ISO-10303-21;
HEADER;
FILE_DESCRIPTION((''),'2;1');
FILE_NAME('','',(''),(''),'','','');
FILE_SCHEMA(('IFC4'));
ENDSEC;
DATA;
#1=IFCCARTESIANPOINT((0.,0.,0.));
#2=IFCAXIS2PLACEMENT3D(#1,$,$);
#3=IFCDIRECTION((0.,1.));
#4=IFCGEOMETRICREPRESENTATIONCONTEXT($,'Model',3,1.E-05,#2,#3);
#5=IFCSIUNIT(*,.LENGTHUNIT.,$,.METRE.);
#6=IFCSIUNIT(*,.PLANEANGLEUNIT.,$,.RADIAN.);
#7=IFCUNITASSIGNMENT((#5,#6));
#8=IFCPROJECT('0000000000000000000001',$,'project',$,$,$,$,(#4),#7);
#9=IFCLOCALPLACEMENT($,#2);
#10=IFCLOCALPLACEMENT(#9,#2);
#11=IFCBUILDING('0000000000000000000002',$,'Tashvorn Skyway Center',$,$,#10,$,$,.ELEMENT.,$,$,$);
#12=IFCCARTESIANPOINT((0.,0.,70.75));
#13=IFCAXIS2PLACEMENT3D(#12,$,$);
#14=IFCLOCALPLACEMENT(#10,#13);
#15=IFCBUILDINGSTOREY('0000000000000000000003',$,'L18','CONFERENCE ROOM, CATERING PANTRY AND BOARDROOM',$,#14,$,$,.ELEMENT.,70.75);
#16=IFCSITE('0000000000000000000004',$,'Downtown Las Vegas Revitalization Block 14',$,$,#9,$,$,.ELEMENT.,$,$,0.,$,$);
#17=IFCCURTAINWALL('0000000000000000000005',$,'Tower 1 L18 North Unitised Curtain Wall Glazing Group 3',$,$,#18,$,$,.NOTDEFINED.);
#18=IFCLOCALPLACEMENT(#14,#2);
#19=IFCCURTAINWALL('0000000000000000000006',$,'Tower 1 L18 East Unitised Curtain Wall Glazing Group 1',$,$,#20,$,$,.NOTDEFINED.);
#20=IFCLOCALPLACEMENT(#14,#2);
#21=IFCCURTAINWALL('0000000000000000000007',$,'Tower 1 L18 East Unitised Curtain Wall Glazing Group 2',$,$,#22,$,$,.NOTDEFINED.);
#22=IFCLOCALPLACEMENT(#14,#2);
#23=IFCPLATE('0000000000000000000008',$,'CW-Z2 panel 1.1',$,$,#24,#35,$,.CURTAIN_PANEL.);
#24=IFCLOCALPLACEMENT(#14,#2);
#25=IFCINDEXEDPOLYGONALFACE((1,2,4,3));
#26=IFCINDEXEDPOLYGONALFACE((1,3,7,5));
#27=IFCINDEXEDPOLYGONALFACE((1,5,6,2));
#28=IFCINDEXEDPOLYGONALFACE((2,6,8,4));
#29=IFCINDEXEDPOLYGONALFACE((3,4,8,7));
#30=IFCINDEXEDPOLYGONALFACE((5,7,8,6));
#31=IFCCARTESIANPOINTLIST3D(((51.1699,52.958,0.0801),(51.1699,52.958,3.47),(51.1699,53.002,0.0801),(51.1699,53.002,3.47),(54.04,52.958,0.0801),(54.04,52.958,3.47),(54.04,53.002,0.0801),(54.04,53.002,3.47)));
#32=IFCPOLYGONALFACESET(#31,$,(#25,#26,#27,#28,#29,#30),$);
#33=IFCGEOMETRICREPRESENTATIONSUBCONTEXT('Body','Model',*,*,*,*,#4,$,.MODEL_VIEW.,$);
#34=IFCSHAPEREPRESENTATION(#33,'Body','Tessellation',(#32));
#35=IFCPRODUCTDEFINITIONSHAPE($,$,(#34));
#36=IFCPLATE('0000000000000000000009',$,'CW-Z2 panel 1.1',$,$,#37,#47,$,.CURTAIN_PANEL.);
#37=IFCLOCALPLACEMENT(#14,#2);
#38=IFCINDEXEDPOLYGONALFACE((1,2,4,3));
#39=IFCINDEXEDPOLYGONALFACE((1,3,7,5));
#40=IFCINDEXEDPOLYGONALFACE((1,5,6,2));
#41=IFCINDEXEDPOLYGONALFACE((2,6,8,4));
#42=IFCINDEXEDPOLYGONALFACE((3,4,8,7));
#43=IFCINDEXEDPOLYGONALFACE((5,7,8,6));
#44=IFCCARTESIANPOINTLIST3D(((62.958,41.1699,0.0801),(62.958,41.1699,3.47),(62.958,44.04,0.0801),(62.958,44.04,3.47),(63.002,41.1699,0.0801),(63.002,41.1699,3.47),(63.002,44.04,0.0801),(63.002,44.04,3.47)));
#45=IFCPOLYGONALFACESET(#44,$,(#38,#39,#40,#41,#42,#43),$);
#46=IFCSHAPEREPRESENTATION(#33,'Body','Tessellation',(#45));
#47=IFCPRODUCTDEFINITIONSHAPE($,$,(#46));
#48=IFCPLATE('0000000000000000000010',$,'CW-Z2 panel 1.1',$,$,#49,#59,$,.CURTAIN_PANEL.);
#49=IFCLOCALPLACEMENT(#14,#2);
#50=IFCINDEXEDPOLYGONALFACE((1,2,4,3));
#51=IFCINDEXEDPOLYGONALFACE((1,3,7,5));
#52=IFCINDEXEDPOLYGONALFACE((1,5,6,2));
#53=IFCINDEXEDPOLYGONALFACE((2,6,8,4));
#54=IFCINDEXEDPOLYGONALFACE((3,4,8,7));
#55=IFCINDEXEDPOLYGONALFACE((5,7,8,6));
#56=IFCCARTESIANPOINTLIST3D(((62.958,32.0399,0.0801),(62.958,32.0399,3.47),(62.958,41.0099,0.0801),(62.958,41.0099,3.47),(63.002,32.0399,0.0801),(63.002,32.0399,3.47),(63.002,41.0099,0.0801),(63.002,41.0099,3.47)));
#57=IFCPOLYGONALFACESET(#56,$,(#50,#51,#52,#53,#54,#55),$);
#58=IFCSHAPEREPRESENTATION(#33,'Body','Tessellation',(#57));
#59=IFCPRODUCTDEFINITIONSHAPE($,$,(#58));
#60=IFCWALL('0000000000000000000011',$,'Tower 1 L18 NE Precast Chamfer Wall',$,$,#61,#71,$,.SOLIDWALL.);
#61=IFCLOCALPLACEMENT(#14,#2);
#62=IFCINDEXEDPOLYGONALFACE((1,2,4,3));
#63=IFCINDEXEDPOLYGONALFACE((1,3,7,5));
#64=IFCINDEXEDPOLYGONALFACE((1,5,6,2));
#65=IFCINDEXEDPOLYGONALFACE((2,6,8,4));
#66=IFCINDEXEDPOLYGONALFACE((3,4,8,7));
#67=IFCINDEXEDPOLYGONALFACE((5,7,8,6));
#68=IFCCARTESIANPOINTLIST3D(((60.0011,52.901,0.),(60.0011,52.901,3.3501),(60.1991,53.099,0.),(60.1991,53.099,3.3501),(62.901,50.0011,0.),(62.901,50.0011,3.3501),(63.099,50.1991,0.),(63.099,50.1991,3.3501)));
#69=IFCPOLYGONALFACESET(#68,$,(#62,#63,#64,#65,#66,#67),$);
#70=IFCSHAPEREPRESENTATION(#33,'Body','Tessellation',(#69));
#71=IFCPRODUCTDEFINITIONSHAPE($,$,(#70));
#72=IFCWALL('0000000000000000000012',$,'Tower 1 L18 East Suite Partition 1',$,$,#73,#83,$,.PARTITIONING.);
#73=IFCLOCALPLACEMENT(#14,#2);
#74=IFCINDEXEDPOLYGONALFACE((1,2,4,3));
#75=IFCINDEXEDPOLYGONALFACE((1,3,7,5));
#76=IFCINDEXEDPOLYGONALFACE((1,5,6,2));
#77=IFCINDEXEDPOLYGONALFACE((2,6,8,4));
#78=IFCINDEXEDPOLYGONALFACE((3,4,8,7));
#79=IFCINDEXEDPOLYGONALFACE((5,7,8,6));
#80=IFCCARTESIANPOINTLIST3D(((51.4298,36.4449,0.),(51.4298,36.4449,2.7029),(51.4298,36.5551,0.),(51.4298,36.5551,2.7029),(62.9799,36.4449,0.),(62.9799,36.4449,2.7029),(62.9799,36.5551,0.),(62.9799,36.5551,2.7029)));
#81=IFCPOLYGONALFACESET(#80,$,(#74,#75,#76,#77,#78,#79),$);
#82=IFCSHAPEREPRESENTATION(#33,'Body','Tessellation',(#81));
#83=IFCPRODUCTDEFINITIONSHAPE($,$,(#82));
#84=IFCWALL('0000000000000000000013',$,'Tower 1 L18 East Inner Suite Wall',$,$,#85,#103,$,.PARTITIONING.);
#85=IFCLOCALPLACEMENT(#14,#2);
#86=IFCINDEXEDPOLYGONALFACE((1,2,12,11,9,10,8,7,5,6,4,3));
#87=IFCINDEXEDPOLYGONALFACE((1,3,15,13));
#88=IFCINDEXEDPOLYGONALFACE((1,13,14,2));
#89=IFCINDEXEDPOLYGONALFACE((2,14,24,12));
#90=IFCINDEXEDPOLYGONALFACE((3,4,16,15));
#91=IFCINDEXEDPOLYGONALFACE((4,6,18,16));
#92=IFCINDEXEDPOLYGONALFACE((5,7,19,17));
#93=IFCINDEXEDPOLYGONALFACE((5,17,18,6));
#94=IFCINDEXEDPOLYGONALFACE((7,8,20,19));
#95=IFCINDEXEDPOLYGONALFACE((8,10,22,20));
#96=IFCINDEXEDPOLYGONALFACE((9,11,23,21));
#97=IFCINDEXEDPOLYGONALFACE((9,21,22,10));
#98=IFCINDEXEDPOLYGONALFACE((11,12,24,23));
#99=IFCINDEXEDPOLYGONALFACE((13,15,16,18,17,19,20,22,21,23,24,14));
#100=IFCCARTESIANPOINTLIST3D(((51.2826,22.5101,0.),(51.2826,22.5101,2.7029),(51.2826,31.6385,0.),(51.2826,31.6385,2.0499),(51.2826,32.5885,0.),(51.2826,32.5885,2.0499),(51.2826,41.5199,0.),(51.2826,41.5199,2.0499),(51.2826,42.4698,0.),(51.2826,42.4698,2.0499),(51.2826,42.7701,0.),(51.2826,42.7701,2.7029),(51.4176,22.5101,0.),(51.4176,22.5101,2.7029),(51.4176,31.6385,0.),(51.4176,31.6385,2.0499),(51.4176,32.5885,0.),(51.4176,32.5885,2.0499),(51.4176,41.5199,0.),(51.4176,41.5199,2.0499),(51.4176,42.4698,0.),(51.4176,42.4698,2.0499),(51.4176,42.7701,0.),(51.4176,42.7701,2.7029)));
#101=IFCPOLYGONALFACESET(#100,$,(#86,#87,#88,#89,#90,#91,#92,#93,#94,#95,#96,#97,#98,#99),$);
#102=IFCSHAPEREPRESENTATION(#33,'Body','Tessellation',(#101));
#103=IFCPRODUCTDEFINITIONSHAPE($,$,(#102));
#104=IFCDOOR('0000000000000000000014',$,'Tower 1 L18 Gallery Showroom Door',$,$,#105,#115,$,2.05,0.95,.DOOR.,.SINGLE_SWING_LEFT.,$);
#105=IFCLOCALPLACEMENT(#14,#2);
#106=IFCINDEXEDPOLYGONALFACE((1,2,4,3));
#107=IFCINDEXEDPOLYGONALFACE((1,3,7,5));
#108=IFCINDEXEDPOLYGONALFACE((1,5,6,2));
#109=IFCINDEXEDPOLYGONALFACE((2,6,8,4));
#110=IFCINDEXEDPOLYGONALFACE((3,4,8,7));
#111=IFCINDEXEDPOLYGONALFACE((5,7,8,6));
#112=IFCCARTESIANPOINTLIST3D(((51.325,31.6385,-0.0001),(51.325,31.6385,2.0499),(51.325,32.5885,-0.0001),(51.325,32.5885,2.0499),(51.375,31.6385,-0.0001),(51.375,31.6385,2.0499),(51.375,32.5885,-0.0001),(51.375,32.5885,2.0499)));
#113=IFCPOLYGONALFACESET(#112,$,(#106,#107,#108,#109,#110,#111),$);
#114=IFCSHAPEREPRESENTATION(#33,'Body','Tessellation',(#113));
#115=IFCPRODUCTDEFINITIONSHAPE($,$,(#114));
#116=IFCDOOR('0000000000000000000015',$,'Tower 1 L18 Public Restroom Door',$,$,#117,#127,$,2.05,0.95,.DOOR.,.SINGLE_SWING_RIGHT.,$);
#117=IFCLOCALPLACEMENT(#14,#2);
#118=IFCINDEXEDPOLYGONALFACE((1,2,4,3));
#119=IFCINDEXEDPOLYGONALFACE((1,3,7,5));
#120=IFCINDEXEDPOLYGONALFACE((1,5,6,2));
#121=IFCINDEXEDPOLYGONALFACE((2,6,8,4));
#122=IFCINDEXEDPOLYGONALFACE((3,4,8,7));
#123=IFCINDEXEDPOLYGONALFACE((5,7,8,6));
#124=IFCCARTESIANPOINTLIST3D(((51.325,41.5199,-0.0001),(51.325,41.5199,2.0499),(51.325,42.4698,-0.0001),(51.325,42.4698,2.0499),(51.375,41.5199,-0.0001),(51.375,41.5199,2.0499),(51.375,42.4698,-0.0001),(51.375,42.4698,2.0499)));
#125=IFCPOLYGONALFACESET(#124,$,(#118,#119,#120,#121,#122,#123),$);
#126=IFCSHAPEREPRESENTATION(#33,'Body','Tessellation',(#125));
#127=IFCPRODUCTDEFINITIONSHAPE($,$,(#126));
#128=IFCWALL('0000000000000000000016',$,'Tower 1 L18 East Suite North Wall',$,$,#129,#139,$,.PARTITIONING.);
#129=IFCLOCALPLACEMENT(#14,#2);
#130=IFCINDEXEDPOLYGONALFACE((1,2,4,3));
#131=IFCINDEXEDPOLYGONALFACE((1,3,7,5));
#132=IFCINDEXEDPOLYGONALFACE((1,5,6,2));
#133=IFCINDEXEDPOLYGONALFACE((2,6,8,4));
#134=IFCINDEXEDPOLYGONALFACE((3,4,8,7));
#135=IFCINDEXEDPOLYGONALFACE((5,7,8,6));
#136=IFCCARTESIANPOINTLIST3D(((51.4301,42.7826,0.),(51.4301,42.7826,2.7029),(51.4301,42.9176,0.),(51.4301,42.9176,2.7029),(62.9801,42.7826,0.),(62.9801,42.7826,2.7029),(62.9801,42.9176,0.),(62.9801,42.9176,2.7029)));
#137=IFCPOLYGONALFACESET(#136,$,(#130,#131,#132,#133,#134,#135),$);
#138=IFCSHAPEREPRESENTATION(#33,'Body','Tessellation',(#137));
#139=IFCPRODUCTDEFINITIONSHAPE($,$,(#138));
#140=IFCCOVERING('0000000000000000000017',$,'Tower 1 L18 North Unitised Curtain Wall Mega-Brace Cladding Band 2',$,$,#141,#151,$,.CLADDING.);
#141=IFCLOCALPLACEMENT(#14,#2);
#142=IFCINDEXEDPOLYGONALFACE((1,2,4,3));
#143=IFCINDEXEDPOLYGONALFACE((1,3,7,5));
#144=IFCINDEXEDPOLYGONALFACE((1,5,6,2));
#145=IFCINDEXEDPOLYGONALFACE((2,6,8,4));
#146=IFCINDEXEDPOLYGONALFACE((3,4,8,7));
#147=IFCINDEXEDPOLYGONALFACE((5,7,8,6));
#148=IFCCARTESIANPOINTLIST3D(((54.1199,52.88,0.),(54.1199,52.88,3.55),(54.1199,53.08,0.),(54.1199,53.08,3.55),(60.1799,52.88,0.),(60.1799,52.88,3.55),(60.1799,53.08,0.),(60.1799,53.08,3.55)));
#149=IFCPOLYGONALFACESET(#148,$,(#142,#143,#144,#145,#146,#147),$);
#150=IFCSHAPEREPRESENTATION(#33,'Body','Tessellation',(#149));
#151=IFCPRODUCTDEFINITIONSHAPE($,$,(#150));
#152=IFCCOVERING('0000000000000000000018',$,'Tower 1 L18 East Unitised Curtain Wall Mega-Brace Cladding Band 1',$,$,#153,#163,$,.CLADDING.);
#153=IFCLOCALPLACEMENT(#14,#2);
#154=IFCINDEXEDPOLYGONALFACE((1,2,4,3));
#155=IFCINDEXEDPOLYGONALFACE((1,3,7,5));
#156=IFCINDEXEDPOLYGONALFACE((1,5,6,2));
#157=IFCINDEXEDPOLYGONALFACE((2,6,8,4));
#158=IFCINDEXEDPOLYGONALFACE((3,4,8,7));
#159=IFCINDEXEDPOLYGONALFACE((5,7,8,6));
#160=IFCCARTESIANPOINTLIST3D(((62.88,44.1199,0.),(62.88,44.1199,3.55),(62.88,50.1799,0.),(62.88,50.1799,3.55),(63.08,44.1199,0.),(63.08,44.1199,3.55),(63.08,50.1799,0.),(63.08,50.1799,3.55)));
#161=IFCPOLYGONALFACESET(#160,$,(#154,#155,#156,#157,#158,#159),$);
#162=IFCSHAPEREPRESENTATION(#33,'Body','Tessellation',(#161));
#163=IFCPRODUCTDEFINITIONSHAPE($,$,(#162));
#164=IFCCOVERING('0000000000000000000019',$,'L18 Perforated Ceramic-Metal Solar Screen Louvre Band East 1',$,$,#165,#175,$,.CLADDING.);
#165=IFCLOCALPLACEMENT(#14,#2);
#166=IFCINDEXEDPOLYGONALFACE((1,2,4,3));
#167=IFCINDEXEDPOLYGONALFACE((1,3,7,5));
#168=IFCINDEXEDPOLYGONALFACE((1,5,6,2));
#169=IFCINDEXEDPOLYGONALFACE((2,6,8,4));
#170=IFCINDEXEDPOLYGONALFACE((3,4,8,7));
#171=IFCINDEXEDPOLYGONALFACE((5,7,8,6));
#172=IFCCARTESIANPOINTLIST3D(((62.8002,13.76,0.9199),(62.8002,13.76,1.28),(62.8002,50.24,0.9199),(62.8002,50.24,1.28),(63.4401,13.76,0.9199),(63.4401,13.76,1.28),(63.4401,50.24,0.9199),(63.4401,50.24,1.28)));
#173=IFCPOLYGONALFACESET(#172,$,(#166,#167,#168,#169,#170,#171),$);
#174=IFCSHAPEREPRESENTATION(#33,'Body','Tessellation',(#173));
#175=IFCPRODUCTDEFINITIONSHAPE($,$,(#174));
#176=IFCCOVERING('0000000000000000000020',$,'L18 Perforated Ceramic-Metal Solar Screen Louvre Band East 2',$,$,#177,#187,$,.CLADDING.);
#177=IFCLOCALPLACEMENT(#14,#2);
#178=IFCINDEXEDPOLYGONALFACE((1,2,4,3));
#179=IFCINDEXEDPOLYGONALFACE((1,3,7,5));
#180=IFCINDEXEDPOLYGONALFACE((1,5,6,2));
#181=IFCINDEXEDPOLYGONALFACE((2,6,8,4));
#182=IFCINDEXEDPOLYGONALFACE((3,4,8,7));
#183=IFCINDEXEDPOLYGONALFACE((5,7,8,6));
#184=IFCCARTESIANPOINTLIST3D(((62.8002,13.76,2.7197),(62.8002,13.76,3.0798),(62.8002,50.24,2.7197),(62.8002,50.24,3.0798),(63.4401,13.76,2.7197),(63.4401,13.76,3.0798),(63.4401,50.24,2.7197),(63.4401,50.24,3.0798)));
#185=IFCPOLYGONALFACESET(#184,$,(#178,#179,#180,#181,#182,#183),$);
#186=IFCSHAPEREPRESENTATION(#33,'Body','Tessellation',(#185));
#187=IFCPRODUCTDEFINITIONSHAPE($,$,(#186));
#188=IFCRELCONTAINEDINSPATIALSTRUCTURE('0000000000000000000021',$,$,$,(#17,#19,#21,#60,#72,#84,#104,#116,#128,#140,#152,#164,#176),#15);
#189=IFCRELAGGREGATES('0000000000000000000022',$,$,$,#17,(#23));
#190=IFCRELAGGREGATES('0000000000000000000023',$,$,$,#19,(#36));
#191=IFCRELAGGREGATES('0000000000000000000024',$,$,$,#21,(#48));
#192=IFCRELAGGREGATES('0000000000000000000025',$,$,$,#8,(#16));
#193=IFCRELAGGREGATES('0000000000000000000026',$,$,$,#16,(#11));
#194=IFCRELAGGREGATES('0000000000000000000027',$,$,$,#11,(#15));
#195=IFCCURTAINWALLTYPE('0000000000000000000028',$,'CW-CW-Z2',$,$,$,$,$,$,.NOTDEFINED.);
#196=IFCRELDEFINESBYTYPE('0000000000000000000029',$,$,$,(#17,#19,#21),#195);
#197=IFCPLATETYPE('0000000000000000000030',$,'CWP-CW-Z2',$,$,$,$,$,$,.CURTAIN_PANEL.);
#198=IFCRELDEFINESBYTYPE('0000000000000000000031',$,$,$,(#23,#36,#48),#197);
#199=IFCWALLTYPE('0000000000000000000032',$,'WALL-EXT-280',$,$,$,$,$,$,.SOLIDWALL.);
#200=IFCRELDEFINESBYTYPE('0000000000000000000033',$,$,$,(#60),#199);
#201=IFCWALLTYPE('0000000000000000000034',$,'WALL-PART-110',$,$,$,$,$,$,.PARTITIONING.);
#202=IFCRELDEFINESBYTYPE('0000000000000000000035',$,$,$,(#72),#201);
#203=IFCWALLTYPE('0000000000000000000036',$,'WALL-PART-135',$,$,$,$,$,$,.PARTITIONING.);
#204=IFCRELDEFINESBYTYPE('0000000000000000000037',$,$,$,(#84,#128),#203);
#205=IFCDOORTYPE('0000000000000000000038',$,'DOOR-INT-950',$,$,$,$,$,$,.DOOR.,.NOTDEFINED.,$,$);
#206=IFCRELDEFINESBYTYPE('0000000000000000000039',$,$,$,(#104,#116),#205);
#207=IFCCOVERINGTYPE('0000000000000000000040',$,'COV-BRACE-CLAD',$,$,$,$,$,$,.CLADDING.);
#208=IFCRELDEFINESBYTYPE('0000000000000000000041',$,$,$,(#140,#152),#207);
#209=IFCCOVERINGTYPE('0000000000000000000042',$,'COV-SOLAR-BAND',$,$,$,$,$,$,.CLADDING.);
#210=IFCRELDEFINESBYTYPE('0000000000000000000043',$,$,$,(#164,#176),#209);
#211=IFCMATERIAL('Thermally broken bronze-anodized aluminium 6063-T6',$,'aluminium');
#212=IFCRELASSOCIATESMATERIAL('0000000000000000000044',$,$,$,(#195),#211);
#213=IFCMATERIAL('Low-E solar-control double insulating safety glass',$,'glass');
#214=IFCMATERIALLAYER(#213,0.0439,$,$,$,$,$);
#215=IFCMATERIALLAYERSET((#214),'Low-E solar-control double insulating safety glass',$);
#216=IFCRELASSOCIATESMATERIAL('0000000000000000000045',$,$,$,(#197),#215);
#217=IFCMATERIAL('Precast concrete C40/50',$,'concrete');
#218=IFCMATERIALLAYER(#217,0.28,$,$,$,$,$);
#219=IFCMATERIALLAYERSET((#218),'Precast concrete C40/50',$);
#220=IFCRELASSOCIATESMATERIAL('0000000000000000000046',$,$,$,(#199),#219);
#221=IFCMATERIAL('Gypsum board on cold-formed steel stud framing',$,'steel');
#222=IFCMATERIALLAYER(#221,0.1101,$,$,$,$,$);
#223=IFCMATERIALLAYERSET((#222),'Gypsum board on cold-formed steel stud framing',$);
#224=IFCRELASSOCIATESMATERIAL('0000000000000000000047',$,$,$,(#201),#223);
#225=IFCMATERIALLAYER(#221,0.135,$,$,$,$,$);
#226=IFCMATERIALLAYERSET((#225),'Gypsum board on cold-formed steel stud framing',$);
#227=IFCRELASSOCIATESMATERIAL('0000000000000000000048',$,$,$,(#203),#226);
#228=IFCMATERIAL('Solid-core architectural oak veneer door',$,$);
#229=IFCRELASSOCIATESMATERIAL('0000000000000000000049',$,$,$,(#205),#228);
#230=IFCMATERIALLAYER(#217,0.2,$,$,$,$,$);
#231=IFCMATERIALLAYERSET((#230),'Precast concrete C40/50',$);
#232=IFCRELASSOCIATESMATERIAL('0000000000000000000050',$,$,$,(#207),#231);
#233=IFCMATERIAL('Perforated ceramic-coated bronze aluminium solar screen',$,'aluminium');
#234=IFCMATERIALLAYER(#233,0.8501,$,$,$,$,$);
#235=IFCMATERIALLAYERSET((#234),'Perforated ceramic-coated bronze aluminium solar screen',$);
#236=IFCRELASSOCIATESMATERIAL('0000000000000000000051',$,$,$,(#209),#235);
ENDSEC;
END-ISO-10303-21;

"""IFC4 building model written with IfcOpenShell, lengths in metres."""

from ifc_helpers import new_model, si_unit, direction, frame, frame_2d, origin, origin_2d, place, context, subcontext, project, spatial, rectangle, extrude, material, layer, layer_set, type_object, element, fill, aggregate, save


model = new_model("IFC4")

# Units and contexts
model_context = context("Model", 3, precision=1e-05, world=origin(), true_north=direction((0.0, 1.0)))
body_context = subcontext(model_context, "Body", "Model", "MODEL_VIEW")
ifc_project = project(units=[si_unit("LENGTHUNIT", "METRE"), si_unit("PLANEANGLEUNIT", "RADIAN")], contexts=[model_context])

# Site, building, storey
site_placement = place(None, origin())
site = spatial("IfcSite", under=ifc_project, at=site_placement, Name="Downtown Las Vegas Revitalization Block 14", CompositionType="ELEMENT", RefElevation=0.0)
building_placement = place(site_placement, origin())
building = spatial("IfcBuilding", under=site, at=building_placement, Name="Tashvorn Skyway Center", CompositionType="ELEMENT")
storey_placement = place(building_placement, frame((0.0, 0.0, 70.75)))
storey = spatial("IfcBuildingStorey", under=building, at=storey_placement, Name="L18", Description="CONFERENCE ROOM, CATERING PANTRY AND BOARDROOM", CompositionType="ELEMENT", Elevation=70.75)

# Curtain walls
ifc_material_1 = material(Name="Thermally broken bronze-anodized aluminium 6063-T6", Category="aluminium")
curtain_wall_type = type_object("IfcCurtainWallType", Name="CW-CW-Z2", PredefinedType="NOTDEFINED", material=ifc_material_1)
curtain_wall_1_placement = place(storey_placement, origin())
curtain_wall_1 = element("IfcCurtainWall", 1, at=curtain_wall_1_placement, inside=storey, type_object=curtain_wall_type, Name="Tower 1 L18 North Unitised Curtain Wall Glazing Group 3", PredefinedType="NOTDEFINED")
curtain_wall_2_placement = place(storey_placement, origin())
curtain_wall_2 = element("IfcCurtainWall", 2, at=curtain_wall_2_placement, inside=storey, type_object=curtain_wall_type, Name="Tower 1 L18 East Unitised Curtain Wall Glazing Group 1", PredefinedType="NOTDEFINED")
curtain_wall_3_placement = place(storey_placement, origin())
curtain_wall_3 = element("IfcCurtainWall", 3, at=curtain_wall_3_placement, inside=storey, type_object=curtain_wall_type, Name="Tower 1 L18 East Unitised Curtain Wall Glazing Group 2", PredefinedType="NOTDEFINED")

# Plates
ifc_material_2 = material(Name="Low-E solar-control double insulating safety glass", Category="glass")
ifc_layer_1 = layer(ifc_material_2, 0.0439)
ifc_layer_set_1 = layer_set([ifc_layer_1], Name="Low-E solar-control double insulating safety glass")
plate_type = type_object("IfcPlateType", Name="CWP-CW-Z2", PredefinedType="CURTAIN_PANEL", material=ifc_layer_set_1)
plate_1_placement = place(storey_placement, frame((52.605, 52.98, 0.0801), z_axis=(0.0, 0.0, 1.0), x_axis=(1.0, 0.0, 0.0)))
plate_1 = element("IfcPlate", 4, at=plate_1_placement, type_object=plate_type, Name="CW-Z2 panel 1.1", PredefinedType="CURTAIN_PANEL", context=body_context, shape_type="SweptSolid", body=[
    extrude(rectangle(XDim=2.8701, YDim=0.0439, at=origin_2d()), origin(), (0.0, 0.0, 1.0), 3.3899),
])
aggregate(curtain_wall_1, [plate_1])
plate_2_placement = place(storey_placement, frame((62.98, 42.605, 0.0801), z_axis=(0.0, 0.0, 1.0), x_axis=(0.0, -1.0, 0.0)))
plate_2 = element("IfcPlate", 5, at=plate_2_placement, type_object=plate_type, Name="CW-Z2 panel 1.1", PredefinedType="CURTAIN_PANEL", context=body_context, shape_type="SweptSolid", body=[
    extrude(rectangle(XDim=2.8701, YDim=0.0439, at=origin_2d()), origin(), (0.0, 0.0, 1.0), 3.3899),
])
aggregate(curtain_wall_2, [plate_2])
plate_3_placement = place(storey_placement, frame((62.98, 36.5249, 0.0801), z_axis=(0.0, 0.0, 1.0), x_axis=(0.0, -1.0, 0.0)))
plate_3 = element("IfcPlate", 6, at=plate_3_placement, type_object=plate_type, Name="CW-Z2 panel 1.1", PredefinedType="CURTAIN_PANEL", context=body_context, shape_type="SweptSolid", body=[
    extrude(rectangle(XDim=8.97, YDim=0.0439, at=origin_2d()), origin(), (0.0, 0.0, 1.0), 3.3899),
])
aggregate(curtain_wall_3, [plate_3])

# Walls
ifc_material_3 = material(Name="Precast concrete C40/50", Category="concrete")
ifc_layer_2 = layer(ifc_material_3, 0.28)
ifc_layer_set_2 = layer_set([ifc_layer_2], Name="Precast concrete C40/50")
wall_type_1 = type_object("IfcWallType", Name="WALL-EXT-280", PredefinedType="SOLIDWALL", material=ifc_layer_set_2)
wall_1_placement = place(storey_placement, frame((60.1001, 53.0, 0.0), z_axis=(0.0, 0.0, 1.0), x_axis=(0.707107, -0.707107, 0.0)))
element("IfcWall", 7, at=wall_1_placement, inside=storey, type_object=wall_type_1, Name="Tower 1 L18 NE Precast Chamfer Wall", PredefinedType="SOLIDWALL", context=body_context, shape_type="SweptSolid", body=[
    extrude(rectangle(XDim=4.1011, YDim=0.28, at=frame_2d((2.0505, 0.0))), origin(), (0.0, 0.0, 1.0), 3.3501),
])
ifc_material_4 = material(Name="Gypsum board on cold-formed steel stud framing", Category="steel")
ifc_layer_3 = layer(ifc_material_4, 0.1101)
ifc_layer_set_3 = layer_set([ifc_layer_3], Name="Gypsum board on cold-formed steel stud framing")
wall_type_2 = type_object("IfcWallType", Name="WALL-PART-110", PredefinedType="PARTITIONING", material=ifc_layer_set_3)
wall_2_placement = place(storey_placement, frame((51.4299, 36.5, 0.0), z_axis=(0.0, 0.0, 1.0), x_axis=(1.0, 0.0, 0.0)))
element("IfcWall", 8, at=wall_2_placement, inside=storey, type_object=wall_type_2, Name="Tower 1 L18 East Suite Partition 1", PredefinedType="PARTITIONING", context=body_context, shape_type="SweptSolid", body=[
    extrude(rectangle(XDim=11.55, YDim=0.1101, at=frame_2d((5.7749, 0.0))), origin(), (0.0, 0.0, 1.0), 2.7029),
])

# Wall, openings, doors
ifc_layer_4 = layer(ifc_material_4, 0.135)
ifc_layer_set_4 = layer_set([ifc_layer_4], Name="Gypsum board on cold-formed steel stud framing")
wall_type_3 = type_object("IfcWallType", Name="WALL-PART-135", PredefinedType="PARTITIONING", material=ifc_layer_set_4)
wall_3_placement = place(storey_placement, frame((51.3501, 42.77, 0.0), z_axis=(0.0, 0.0, 1.0), x_axis=(0.0, -1.0, 0.0)))
wall_3 = element("IfcWall", 9, at=wall_3_placement, inside=storey, type_object=wall_type_3, Name="Tower 1 L18 East Inner Suite Wall", PredefinedType="PARTITIONING", context=body_context, shape_type="SweptSolid", body=[
    extrude(rectangle(XDim=20.26, YDim=0.135, at=frame_2d((10.1299, 0.0))), origin(), (0.0, 0.0, 1.0), 2.7029),
])
opening_1_placement = place(wall_3_placement, frame((10.1814, 0.0, 0.0)))
opening_1 = element("IfcOpeningElement", 10, at=opening_1_placement, cuts=wall_3, PredefinedType="OPENING", context=body_context, shape_type="SweptSolid", body=[
    extrude(rectangle(XDim=0.95, YDim=2.05, at=frame_2d((0.4751, 1.0249))), frame((0.0, 0.0774, 0.0), z_axis=(0.0, -1.0, 0.0), x_axis=(1.0, 0.0, 0.0)), (0.0, 0.0, 1.0), 0.155),
])
opening_2_placement = place(wall_3_placement, frame((0.3, 0.0, 0.0)))
opening_2 = element("IfcOpeningElement", 11, at=opening_2_placement, cuts=wall_3, PredefinedType="OPENING", context=body_context, shape_type="SweptSolid", body=[
    extrude(rectangle(XDim=0.95, YDim=2.05, at=frame_2d((0.4751, 1.0249))), frame((0.0, 0.0774, 0.0), z_axis=(0.0, -1.0, 0.0), x_axis=(1.0, 0.0, 0.0)), (0.0, 0.0, 1.0), 0.155),
])
ifc_material_5 = material(Name="Solid-core architectural oak veneer door")
door_type = type_object("IfcDoorType", Name="DOOR-INT-950", OperationType="NOTDEFINED", PredefinedType="DOOR", material=ifc_material_5)
door_1_placement = place(opening_1_placement, origin())
door_1 = element("IfcDoor", 12, at=door_1_placement, inside=storey, type_object=door_type, Name="Tower 1 L18 Gallery Showroom Door", OperationType="SINGLE_SWING_LEFT", OverallHeight=2.05, OverallWidth=0.95, PredefinedType="DOOR", context=body_context, shape_type="SweptSolid", body=[
    extrude(rectangle(XDim=0.95, YDim=2.05, at=frame_2d((0.4751, 1.0249))), frame((0.0, 0.0249, 0.0), z_axis=(0.0, -1.0, 0.0), x_axis=(1.0, 0.0, 0.0)), (0.0, 0.0, 1.0), 0.05),
])
fill(opening_1, door_1)
door_2_placement = place(opening_2_placement, origin())
door_2 = element("IfcDoor", 13, at=door_2_placement, inside=storey, type_object=door_type, Name="Tower 1 L18 Public Restroom Door", OperationType="SINGLE_SWING_RIGHT", OverallHeight=2.05, OverallWidth=0.95, PredefinedType="DOOR", context=body_context, shape_type="SweptSolid", body=[
    extrude(rectangle(XDim=0.95, YDim=2.05, at=frame_2d((0.4751, 1.0249))), frame((0.0, 0.0249, 0.0), z_axis=(0.0, -1.0, 0.0), x_axis=(1.0, 0.0, 0.0)), (0.0, 0.0, 1.0), 0.05),
])
fill(opening_2, door_2)

# Wall
wall_4_placement = place(storey_placement, frame((62.98, 42.8501, 0.0), z_axis=(0.0, 0.0, 1.0), x_axis=(-1.0, 0.0, 0.0)))
element("IfcWall", 14, at=wall_4_placement, inside=storey, type_object=wall_type_3, Name="Tower 1 L18 East Suite North Wall", PredefinedType="PARTITIONING", context=body_context, shape_type="SweptSolid", body=[
    extrude(rectangle(XDim=11.55, YDim=0.135, at=frame_2d((5.7749, 0.0))), origin(), (0.0, 0.0, 1.0), 2.7029),
])

# Coverings
ifc_layer_5 = layer(ifc_material_3, 0.2)
ifc_layer_set_5 = layer_set([ifc_layer_5], Name="Precast concrete C40/50")
covering_type_1 = type_object("IfcCoveringType", Name="COV-BRACE-CLAD", PredefinedType="CLADDING", material=ifc_layer_set_5)
for number, where, z_axis, x_axis, name in (
    (15, (57.1499, 52.98, 0.0), (0.0, 0.0, 1.0), (1.0, 0.0, 0.0), "Tower 1 L18 North Unitised Curtain Wall Mega-Brace Cladding Band 2"),
    (16, (62.98, 47.1499, 0.0), (0.0, 0.0, 1.0), (0.0, -1.0, 0.0), "Tower 1 L18 East Unitised Curtain Wall Mega-Brace Cladding Band 1"),
):
    element("IfcCovering", number, at=place(storey_placement, frame(where, z_axis=z_axis, x_axis=x_axis)), inside=storey, type_object=covering_type_1, Name=name, PredefinedType="CLADDING", context=body_context, shape_type="SweptSolid", body=[
        extrude(rectangle(XDim=6.0601, YDim=0.2, at=origin_2d()), origin(), (0.0, 0.0, 1.0), 3.55),
    ])
ifc_material_6 = material(Name="Perforated ceramic-coated bronze aluminium solar screen", Category="aluminium")
ifc_layer_6 = layer(ifc_material_6, 0.8501)
ifc_layer_set_6 = layer_set([ifc_layer_6], Name="Perforated ceramic-coated bronze aluminium solar screen")
covering_type_2 = type_object("IfcCoveringType", Name="COV-SOLAR-BAND", PredefinedType="CLADDING", material=ifc_layer_set_6)
for number, where, z_axis, x_axis, name in (
    (17, (63.1201, 32.0, 0.9199), (0.0, 0.0, 1.0), (0.0, -1.0, 0.0), "L18 Perforated Ceramic-Metal Solar Screen Louvre Band East 1"),
    (18, (63.1201, 32.0, 2.7197), (0.0, 0.0, 1.0), (0.0, -1.0, 0.0), "L18 Perforated Ceramic-Metal Solar Screen Louvre Band East 2"),
):
    element("IfcCovering", number, at=place(storey_placement, frame(where, z_axis=z_axis, x_axis=x_axis)), inside=storey, type_object=covering_type_2, Name=name, PredefinedType="CLADDING", context=body_context, shape_type="SweptSolid", body=[
        extrude(rectangle(XDim=36.48, YDim=0.6399, at=origin_2d()), origin(), (0.0, 0.0, 1.0), 0.3601),
    ])

save(model, "model.ifc")
